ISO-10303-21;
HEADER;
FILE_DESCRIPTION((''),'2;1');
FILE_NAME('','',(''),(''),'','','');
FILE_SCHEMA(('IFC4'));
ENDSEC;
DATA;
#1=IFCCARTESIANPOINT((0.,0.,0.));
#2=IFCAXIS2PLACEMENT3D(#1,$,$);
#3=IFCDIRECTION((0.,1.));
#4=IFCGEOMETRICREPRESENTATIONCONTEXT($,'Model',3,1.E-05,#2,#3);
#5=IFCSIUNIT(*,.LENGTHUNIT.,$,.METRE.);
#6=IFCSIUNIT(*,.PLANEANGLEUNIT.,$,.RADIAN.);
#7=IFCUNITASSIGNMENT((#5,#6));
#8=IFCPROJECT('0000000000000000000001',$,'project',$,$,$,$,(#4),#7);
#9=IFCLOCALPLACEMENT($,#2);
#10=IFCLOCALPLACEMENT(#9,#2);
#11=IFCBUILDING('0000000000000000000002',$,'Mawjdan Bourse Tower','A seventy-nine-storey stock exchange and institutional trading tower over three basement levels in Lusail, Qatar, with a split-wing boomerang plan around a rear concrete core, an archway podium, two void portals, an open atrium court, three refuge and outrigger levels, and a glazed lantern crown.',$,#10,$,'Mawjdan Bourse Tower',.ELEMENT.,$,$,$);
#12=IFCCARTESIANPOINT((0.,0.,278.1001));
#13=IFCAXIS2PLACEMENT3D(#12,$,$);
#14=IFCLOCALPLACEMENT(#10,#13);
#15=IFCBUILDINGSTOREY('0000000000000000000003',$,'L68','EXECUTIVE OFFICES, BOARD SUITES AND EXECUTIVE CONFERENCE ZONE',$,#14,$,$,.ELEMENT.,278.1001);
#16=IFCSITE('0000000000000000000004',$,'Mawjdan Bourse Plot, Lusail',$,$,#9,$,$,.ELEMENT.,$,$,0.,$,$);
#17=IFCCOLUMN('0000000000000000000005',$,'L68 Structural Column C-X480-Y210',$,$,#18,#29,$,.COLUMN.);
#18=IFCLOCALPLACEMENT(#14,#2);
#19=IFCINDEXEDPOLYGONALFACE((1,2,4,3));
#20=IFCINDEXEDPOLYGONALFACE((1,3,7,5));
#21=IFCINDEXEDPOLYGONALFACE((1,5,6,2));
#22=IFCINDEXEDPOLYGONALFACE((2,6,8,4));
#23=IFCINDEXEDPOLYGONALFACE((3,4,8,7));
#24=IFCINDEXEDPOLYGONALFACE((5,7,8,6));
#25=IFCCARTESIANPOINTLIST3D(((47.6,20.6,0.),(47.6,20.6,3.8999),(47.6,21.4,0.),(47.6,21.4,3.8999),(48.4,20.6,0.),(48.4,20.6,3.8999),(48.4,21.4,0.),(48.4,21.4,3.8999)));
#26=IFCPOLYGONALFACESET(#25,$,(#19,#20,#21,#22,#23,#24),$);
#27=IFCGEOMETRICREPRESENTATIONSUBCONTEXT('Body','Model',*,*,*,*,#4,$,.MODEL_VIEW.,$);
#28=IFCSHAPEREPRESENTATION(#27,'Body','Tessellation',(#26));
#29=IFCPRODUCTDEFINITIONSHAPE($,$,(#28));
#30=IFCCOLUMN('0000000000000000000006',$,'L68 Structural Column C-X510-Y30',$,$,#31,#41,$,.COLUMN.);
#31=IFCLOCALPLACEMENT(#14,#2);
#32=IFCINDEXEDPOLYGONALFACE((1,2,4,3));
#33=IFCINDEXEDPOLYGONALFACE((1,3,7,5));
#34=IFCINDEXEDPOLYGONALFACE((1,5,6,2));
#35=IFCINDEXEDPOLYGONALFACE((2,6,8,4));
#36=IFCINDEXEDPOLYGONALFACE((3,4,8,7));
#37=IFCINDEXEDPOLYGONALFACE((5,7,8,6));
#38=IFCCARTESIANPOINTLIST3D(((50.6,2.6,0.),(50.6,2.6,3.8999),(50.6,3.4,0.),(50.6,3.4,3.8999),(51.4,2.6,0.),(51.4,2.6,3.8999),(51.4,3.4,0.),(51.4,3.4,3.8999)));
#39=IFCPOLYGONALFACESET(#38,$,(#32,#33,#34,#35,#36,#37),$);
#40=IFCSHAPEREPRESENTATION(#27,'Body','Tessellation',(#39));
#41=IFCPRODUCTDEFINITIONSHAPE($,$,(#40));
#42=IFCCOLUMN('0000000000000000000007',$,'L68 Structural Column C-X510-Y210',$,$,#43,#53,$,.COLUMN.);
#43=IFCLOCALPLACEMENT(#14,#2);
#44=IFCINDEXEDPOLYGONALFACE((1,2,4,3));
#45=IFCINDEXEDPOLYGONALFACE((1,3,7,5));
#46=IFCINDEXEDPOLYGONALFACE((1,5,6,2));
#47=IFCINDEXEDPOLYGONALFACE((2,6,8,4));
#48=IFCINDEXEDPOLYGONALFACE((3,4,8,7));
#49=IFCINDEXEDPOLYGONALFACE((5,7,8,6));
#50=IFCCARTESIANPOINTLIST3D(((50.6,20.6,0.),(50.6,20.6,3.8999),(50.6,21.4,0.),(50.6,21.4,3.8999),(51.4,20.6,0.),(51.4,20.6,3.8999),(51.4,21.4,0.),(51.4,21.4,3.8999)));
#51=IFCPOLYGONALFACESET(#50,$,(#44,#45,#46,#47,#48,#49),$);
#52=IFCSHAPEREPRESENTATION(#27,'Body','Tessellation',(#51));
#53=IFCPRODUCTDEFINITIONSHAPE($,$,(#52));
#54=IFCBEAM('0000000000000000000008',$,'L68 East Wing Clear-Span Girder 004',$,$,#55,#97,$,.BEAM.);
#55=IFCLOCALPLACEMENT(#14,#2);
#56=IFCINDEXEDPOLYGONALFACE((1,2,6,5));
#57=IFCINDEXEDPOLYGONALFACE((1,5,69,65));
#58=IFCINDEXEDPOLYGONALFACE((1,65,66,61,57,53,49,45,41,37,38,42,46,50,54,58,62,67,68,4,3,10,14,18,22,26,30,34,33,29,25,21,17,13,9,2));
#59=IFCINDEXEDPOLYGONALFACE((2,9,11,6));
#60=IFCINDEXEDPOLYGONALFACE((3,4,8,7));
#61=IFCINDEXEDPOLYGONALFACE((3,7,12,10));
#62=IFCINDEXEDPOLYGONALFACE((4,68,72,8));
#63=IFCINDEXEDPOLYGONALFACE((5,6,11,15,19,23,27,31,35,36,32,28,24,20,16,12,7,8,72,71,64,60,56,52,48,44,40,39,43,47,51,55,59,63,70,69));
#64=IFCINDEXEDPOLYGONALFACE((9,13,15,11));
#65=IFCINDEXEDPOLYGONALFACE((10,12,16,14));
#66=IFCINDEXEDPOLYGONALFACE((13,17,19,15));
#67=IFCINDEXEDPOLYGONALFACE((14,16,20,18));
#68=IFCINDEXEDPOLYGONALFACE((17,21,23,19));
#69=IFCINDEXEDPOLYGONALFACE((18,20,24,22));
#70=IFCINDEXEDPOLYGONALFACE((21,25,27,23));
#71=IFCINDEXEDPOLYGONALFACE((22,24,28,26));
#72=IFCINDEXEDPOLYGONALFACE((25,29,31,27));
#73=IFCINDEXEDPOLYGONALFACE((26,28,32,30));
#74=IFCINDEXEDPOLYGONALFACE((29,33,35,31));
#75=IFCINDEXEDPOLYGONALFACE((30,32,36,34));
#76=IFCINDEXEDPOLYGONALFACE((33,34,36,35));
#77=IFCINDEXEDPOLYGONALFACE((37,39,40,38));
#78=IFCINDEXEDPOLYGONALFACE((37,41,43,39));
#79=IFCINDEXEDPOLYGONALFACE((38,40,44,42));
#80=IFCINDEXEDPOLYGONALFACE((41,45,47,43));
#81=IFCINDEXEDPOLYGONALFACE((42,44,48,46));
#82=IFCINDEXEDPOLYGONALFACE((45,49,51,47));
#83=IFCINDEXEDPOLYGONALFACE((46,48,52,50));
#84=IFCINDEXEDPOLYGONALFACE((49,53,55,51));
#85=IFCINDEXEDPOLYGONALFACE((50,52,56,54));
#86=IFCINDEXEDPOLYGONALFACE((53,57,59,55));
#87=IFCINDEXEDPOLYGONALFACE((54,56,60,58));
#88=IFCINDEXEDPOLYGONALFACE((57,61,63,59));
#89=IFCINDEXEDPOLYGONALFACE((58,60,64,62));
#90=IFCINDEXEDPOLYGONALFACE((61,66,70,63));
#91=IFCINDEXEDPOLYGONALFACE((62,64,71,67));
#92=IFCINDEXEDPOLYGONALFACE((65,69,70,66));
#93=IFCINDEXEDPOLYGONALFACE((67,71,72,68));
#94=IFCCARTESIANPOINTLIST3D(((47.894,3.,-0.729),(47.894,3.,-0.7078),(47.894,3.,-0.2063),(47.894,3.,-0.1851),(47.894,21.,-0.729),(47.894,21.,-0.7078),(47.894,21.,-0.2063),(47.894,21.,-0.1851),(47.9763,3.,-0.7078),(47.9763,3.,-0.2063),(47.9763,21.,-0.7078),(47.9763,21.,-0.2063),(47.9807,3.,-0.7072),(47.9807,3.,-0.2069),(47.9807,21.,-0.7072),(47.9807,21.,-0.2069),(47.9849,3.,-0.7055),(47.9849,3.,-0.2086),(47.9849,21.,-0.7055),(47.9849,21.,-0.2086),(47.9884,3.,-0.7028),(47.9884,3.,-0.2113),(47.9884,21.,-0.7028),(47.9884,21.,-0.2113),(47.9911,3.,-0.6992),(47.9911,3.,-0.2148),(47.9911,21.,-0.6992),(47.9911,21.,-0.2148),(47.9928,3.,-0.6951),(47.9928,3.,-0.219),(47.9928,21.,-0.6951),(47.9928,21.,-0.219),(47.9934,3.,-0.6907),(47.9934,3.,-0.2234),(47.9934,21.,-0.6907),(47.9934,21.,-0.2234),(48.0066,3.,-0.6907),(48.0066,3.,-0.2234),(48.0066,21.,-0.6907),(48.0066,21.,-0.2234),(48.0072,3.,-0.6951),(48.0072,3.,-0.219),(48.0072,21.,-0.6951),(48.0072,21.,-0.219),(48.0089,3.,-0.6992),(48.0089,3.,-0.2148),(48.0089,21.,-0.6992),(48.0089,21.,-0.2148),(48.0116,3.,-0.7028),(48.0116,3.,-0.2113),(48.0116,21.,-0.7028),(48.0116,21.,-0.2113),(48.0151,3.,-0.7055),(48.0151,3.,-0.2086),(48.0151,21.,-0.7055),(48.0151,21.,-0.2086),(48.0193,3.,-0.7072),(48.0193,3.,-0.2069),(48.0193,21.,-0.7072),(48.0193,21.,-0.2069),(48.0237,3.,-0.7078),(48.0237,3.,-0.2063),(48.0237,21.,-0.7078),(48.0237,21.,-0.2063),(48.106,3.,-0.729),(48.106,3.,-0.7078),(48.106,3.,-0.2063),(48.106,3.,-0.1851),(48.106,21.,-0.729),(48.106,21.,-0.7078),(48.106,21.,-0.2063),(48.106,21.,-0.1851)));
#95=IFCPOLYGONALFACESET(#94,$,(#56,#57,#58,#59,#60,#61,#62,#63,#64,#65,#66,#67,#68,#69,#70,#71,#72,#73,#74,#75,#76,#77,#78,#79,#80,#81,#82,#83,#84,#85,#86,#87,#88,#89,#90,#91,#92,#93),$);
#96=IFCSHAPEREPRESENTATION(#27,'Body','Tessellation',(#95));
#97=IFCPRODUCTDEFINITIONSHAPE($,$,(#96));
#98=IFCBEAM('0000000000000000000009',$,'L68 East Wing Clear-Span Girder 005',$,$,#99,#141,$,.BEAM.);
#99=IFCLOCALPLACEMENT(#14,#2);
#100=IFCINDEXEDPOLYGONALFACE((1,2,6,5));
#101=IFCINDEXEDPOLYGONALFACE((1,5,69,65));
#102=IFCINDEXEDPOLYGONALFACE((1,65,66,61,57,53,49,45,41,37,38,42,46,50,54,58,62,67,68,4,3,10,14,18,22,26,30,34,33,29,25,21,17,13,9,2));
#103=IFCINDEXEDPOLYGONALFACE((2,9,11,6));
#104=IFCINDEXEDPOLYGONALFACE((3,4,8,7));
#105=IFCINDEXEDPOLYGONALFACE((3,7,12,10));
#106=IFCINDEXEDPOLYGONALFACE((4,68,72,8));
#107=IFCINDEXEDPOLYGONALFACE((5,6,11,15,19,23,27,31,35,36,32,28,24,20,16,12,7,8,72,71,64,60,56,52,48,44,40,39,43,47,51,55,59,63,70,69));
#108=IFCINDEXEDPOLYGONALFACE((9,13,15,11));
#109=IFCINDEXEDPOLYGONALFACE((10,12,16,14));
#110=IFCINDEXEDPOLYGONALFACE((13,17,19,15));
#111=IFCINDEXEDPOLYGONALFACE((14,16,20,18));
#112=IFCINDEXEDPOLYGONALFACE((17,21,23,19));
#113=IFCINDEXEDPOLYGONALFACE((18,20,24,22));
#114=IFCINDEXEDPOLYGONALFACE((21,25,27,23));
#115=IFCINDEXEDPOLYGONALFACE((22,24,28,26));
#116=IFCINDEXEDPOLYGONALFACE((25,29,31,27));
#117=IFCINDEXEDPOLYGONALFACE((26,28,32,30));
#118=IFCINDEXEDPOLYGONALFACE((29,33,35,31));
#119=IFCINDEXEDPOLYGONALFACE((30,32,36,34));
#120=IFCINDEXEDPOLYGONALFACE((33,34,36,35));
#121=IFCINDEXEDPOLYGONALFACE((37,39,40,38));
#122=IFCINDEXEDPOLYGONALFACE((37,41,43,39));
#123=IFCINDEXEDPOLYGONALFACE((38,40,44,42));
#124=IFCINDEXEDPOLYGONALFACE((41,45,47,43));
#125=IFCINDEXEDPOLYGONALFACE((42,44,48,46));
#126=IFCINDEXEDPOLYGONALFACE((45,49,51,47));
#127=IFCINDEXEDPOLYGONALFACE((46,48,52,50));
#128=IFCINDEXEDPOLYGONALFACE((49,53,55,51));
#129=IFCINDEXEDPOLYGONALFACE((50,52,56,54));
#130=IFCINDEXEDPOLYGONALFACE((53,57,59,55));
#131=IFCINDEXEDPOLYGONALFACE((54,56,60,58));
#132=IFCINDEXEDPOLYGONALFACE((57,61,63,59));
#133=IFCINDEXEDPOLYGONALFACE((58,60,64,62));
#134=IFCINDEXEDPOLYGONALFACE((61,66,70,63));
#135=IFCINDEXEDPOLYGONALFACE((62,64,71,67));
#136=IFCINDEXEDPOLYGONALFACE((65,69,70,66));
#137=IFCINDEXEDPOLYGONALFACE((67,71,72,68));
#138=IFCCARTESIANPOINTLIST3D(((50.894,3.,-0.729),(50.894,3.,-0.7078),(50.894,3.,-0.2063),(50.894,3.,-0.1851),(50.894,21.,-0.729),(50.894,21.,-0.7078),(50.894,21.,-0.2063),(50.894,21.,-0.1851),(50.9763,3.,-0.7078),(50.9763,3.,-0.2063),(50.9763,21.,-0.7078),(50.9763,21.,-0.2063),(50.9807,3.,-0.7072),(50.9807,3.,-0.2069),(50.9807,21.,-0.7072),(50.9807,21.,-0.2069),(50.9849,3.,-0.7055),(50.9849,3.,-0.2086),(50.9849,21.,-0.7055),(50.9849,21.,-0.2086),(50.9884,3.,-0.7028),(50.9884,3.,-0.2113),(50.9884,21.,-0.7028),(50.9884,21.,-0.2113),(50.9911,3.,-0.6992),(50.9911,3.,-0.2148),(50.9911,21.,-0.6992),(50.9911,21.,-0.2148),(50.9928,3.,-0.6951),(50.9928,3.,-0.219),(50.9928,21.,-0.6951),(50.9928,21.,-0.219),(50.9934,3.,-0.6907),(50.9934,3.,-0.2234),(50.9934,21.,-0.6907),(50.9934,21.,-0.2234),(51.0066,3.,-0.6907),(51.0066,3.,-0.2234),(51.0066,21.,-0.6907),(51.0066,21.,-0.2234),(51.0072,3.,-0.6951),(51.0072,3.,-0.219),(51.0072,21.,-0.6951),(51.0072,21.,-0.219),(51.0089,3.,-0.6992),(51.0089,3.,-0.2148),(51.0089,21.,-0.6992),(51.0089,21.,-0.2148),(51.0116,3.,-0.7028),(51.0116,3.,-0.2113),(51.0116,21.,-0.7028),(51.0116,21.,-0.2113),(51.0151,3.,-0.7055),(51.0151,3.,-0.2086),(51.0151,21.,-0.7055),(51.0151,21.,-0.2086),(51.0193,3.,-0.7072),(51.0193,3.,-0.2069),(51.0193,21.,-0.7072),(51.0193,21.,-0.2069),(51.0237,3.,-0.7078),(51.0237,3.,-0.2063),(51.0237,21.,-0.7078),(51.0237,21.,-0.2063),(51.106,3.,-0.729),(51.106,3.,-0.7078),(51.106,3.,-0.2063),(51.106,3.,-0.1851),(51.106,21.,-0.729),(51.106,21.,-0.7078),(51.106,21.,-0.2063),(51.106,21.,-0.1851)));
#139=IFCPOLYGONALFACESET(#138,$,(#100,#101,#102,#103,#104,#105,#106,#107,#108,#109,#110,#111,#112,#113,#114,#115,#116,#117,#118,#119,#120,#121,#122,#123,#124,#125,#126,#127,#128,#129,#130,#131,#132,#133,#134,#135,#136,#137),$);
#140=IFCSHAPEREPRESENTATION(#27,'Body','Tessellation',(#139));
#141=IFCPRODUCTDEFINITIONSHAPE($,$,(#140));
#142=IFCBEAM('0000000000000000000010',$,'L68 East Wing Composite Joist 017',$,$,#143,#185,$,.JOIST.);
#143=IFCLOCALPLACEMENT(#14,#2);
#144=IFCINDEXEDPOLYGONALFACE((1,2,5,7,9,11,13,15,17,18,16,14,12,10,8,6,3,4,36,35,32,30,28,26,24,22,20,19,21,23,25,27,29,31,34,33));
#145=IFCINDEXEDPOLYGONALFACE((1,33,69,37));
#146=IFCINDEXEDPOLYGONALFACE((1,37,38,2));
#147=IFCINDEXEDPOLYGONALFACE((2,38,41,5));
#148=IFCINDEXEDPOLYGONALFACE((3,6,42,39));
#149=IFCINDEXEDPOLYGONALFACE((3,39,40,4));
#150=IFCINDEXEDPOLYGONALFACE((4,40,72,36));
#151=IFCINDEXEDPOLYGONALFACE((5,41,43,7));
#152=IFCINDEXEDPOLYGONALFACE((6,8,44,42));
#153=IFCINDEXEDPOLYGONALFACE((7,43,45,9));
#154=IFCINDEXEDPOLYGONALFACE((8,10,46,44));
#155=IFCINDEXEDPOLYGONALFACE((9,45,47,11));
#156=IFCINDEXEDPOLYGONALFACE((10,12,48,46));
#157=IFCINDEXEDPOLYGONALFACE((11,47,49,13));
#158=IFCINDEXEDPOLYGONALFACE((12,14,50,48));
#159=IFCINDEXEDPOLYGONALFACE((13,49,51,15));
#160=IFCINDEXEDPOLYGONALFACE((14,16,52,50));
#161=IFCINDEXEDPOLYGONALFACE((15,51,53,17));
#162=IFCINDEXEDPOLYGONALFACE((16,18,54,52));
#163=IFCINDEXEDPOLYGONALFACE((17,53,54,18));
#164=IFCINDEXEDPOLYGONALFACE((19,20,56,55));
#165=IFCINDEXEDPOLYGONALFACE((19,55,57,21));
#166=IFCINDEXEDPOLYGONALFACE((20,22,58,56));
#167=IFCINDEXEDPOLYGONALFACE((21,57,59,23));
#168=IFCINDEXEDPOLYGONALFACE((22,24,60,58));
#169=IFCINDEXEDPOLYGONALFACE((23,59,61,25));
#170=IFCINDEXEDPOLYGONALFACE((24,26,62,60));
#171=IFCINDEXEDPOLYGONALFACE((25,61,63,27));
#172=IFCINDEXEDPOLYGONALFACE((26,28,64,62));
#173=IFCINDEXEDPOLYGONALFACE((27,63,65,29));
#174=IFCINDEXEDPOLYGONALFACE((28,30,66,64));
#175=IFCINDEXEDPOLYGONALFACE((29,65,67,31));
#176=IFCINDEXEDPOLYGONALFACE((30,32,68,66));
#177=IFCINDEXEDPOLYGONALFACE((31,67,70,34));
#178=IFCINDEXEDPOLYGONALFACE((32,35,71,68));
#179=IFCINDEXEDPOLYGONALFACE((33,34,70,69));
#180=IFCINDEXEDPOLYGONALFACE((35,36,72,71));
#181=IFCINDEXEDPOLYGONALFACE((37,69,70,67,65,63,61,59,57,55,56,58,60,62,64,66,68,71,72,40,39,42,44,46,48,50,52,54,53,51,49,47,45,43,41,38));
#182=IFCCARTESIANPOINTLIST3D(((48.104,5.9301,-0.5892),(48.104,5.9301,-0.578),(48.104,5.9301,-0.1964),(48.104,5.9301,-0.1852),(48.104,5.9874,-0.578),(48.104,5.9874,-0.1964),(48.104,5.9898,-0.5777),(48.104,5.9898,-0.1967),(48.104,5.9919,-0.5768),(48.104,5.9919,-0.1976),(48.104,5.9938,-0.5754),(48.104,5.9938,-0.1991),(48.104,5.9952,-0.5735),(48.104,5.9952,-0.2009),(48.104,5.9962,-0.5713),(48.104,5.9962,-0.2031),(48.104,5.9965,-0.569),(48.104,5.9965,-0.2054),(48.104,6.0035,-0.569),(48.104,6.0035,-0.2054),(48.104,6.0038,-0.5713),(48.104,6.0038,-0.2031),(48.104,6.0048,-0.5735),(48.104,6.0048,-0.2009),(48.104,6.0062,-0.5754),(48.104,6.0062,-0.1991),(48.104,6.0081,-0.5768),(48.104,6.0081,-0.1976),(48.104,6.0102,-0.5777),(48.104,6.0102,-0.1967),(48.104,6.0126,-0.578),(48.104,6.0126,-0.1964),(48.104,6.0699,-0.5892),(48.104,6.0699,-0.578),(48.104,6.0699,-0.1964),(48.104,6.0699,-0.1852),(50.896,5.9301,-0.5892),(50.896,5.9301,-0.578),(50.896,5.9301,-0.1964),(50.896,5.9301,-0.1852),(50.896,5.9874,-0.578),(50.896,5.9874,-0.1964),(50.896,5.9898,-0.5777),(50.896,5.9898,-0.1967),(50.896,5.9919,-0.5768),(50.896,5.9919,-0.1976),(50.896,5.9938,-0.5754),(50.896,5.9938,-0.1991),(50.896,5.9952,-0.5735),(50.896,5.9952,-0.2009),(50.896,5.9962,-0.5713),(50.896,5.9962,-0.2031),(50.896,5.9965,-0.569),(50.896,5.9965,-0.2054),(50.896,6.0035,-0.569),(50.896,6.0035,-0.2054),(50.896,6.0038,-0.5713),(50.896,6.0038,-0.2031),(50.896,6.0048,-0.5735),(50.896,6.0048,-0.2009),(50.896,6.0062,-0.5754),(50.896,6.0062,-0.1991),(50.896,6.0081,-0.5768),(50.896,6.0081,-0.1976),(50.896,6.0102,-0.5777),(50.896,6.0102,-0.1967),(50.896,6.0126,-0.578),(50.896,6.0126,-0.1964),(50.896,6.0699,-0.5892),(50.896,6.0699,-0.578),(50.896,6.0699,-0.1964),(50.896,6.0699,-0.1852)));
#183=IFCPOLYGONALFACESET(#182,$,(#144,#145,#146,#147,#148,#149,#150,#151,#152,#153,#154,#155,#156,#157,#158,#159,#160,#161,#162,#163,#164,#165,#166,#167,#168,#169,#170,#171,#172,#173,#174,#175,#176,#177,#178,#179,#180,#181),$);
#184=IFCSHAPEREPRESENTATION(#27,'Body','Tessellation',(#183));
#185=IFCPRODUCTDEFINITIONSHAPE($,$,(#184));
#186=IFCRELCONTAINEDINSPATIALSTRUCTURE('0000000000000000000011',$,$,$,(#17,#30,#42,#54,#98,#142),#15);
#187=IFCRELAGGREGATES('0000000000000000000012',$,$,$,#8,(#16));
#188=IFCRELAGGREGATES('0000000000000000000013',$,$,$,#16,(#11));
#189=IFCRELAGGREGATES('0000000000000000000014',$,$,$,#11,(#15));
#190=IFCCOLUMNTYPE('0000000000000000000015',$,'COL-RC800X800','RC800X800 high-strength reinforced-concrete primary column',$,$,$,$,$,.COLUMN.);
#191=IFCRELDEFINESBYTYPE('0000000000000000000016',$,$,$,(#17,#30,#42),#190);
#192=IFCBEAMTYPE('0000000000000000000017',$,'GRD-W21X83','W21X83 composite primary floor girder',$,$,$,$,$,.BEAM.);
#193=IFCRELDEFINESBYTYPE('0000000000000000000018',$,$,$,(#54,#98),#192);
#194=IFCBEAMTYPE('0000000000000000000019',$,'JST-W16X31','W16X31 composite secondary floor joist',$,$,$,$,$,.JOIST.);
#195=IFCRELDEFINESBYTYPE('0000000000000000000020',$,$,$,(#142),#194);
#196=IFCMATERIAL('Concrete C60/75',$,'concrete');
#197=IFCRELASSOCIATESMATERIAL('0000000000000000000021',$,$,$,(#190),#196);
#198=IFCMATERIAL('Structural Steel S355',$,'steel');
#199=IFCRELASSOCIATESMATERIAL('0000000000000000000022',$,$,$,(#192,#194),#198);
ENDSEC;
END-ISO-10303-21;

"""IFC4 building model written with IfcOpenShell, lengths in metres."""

from ifc_helpers import new_model, si_unit, direction, frame, origin, origin_2d, place, context, subcontext, project, spatial, rectangle, i_section, extrude, material, material_profile, profile_set, type_object, element, save


model = new_model("IFC4")

# Units and contexts
model_context = context("Model", 3, precision=1e-05, world=origin(), true_north=direction((0.0, 1.0)))
body_context = subcontext(model_context, "Body", "Model", "MODEL_VIEW")
ifc_project = project(units=[si_unit("LENGTHUNIT", "METRE"), si_unit("PLANEANGLEUNIT", "RADIAN")], contexts=[model_context])

# Site, building, storey
site_placement = place(None, origin())
site = spatial("IfcSite", under=ifc_project, at=site_placement, Name="Mawjdan Bourse Plot, Lusail", CompositionType="ELEMENT", RefElevation=0.0)
building_placement = place(site_placement, origin())
building = spatial("IfcBuilding", under=site, at=building_placement, Name="Mawjdan Bourse Tower", Description="A seventy-nine-storey stock exchange and institutional trading tower over three basement levels in Lusail, Qatar, with a split-wing boomerang plan around a rear concrete core, an archway podium, two void portals, an open atrium court, three refuge and outrigger levels, and a glazed lantern crown.", LongName="Mawjdan Bourse Tower", CompositionType="ELEMENT")
storey_placement = place(building_placement, frame((0.0, 0.0, 278.1001)))
storey = spatial("IfcBuildingStorey", under=building, at=storey_placement, Name="L68", Description="EXECUTIVE OFFICES, BOARD SUITES AND EXECUTIVE CONFERENCE ZONE", CompositionType="ELEMENT", Elevation=278.1001)

# Columns
ifc_material_1 = material(Name="Concrete C60/75", Category="concrete")
ifc_material_profile_1 = material_profile(ifc_material_1, rectangle(XDim=0.8, YDim=0.8, at=origin_2d()), Name="RC800X800")
ifc_profile_set_1 = profile_set([ifc_material_profile_1], Name="Concrete C60/75")
column_type = type_object("IfcColumnType", Name="COL-RC800X800", Description="RC800X800 high-strength reinforced-concrete primary column", PredefinedType="COLUMN", material=ifc_profile_set_1)
for number, where, z_axis, x_axis, name in (
    (1, (48.0, 21.0, 0.0), (0.0, 0.0, 1.0), (1.0, 0.0, 0.0), "L68 Structural Column C-X480-Y210"),
    (2, (51.0, 3.0, 0.0), (0.0, 0.0, 1.0), (1.0, 0.0, 0.0), "L68 Structural Column C-X510-Y30"),
    (3, (51.0, 21.0, 0.0), (0.0, 0.0, 1.0), (1.0, 0.0, 0.0), "L68 Structural Column C-X510-Y210"),
):
    element("IfcColumn", number, at=place(storey_placement, frame(where, z_axis=z_axis, x_axis=x_axis)), inside=storey, type_object=column_type, Name=name, PredefinedType="COLUMN", context=body_context, shape_type="SweptSolid", body=[
        extrude(rectangle(XDim=0.8, YDim=0.8, at=origin_2d()), origin(), (0.0, 0.0, 1.0), 3.8999),
    ])

# Beams
ifc_material_2 = material(Name="Structural Steel S355", Category="steel")
ifc_material_profile_2 = material_profile(ifc_material_2, i_section(OverallWidth=0.2119, OverallDepth=0.5439, WebThickness=0.0132, FlangeThickness=0.0212, FilletRadius=0.0171, at=origin_2d()), Name="W21X83")
ifc_profile_set_2 = profile_set([ifc_material_profile_2], Name="Structural Steel S355")
beam_type_1 = type_object("IfcBeamType", Name="GRD-W21X83", Description="W21X83 composite primary floor girder", PredefinedType="BEAM", material=ifc_profile_set_2)
for number, where, z_axis, x_axis, name in (
    (4, (48.0, 3.0, -0.457), (0.0, 1.0, 0.0), (-1.0, 0.0, 0.0), "L68 East Wing Clear-Span Girder 004"),
    (5, (51.0, 3.0, -0.457), (0.0, 1.0, 0.0), (-1.0, 0.0, 0.0), "L68 East Wing Clear-Span Girder 005"),
):
    element("IfcBeam", number, at=place(storey_placement, frame(where, z_axis=z_axis, x_axis=x_axis)), inside=storey, type_object=beam_type_1, Name=name, PredefinedType="BEAM", context=body_context, shape_type="SweptSolid", body=[
        extrude(i_section(OverallWidth=0.2119, OverallDepth=0.5439, WebThickness=0.0132, FlangeThickness=0.0212, FilletRadius=0.0171, at=origin_2d()), origin(), (0.0, 0.0, 1.0), 18.0),
    ])
ifc_material_profile_3 = material_profile(ifc_material_2, i_section(OverallWidth=0.1399, OverallDepth=0.4041, WebThickness=0.0071, FlangeThickness=0.0112, FilletRadius=0.009, at=origin_2d()), Name="W16X31")
ifc_profile_set_3 = profile_set([ifc_material_profile_3], Name="Structural Steel S355")
beam_type_2 = type_object("IfcBeamType", Name="JST-W16X31", Description="W16X31 composite secondary floor joist", PredefinedType="JOIST", material=ifc_profile_set_3)
for number, where, z_axis, x_axis, name in (
    (6, (48.104, 6.0, -0.3872), (1.0, 0.0, 0.0), (0.0, 1.0, 0.0), "L68 East Wing Composite Joist 017"),
):
    element("IfcBeam", number, at=place(storey_placement, frame(where, z_axis=z_axis, x_axis=x_axis)), inside=storey, type_object=beam_type_2, Name=name, PredefinedType="JOIST", context=body_context, shape_type="SweptSolid", body=[
        extrude(i_section(OverallWidth=0.1399, OverallDepth=0.4041, WebThickness=0.0071, FlangeThickness=0.0112, FilletRadius=0.009, at=origin_2d()), origin(), (0.0, 0.0, 1.0), 2.792),
    ])

save(model, "model.ifc")
